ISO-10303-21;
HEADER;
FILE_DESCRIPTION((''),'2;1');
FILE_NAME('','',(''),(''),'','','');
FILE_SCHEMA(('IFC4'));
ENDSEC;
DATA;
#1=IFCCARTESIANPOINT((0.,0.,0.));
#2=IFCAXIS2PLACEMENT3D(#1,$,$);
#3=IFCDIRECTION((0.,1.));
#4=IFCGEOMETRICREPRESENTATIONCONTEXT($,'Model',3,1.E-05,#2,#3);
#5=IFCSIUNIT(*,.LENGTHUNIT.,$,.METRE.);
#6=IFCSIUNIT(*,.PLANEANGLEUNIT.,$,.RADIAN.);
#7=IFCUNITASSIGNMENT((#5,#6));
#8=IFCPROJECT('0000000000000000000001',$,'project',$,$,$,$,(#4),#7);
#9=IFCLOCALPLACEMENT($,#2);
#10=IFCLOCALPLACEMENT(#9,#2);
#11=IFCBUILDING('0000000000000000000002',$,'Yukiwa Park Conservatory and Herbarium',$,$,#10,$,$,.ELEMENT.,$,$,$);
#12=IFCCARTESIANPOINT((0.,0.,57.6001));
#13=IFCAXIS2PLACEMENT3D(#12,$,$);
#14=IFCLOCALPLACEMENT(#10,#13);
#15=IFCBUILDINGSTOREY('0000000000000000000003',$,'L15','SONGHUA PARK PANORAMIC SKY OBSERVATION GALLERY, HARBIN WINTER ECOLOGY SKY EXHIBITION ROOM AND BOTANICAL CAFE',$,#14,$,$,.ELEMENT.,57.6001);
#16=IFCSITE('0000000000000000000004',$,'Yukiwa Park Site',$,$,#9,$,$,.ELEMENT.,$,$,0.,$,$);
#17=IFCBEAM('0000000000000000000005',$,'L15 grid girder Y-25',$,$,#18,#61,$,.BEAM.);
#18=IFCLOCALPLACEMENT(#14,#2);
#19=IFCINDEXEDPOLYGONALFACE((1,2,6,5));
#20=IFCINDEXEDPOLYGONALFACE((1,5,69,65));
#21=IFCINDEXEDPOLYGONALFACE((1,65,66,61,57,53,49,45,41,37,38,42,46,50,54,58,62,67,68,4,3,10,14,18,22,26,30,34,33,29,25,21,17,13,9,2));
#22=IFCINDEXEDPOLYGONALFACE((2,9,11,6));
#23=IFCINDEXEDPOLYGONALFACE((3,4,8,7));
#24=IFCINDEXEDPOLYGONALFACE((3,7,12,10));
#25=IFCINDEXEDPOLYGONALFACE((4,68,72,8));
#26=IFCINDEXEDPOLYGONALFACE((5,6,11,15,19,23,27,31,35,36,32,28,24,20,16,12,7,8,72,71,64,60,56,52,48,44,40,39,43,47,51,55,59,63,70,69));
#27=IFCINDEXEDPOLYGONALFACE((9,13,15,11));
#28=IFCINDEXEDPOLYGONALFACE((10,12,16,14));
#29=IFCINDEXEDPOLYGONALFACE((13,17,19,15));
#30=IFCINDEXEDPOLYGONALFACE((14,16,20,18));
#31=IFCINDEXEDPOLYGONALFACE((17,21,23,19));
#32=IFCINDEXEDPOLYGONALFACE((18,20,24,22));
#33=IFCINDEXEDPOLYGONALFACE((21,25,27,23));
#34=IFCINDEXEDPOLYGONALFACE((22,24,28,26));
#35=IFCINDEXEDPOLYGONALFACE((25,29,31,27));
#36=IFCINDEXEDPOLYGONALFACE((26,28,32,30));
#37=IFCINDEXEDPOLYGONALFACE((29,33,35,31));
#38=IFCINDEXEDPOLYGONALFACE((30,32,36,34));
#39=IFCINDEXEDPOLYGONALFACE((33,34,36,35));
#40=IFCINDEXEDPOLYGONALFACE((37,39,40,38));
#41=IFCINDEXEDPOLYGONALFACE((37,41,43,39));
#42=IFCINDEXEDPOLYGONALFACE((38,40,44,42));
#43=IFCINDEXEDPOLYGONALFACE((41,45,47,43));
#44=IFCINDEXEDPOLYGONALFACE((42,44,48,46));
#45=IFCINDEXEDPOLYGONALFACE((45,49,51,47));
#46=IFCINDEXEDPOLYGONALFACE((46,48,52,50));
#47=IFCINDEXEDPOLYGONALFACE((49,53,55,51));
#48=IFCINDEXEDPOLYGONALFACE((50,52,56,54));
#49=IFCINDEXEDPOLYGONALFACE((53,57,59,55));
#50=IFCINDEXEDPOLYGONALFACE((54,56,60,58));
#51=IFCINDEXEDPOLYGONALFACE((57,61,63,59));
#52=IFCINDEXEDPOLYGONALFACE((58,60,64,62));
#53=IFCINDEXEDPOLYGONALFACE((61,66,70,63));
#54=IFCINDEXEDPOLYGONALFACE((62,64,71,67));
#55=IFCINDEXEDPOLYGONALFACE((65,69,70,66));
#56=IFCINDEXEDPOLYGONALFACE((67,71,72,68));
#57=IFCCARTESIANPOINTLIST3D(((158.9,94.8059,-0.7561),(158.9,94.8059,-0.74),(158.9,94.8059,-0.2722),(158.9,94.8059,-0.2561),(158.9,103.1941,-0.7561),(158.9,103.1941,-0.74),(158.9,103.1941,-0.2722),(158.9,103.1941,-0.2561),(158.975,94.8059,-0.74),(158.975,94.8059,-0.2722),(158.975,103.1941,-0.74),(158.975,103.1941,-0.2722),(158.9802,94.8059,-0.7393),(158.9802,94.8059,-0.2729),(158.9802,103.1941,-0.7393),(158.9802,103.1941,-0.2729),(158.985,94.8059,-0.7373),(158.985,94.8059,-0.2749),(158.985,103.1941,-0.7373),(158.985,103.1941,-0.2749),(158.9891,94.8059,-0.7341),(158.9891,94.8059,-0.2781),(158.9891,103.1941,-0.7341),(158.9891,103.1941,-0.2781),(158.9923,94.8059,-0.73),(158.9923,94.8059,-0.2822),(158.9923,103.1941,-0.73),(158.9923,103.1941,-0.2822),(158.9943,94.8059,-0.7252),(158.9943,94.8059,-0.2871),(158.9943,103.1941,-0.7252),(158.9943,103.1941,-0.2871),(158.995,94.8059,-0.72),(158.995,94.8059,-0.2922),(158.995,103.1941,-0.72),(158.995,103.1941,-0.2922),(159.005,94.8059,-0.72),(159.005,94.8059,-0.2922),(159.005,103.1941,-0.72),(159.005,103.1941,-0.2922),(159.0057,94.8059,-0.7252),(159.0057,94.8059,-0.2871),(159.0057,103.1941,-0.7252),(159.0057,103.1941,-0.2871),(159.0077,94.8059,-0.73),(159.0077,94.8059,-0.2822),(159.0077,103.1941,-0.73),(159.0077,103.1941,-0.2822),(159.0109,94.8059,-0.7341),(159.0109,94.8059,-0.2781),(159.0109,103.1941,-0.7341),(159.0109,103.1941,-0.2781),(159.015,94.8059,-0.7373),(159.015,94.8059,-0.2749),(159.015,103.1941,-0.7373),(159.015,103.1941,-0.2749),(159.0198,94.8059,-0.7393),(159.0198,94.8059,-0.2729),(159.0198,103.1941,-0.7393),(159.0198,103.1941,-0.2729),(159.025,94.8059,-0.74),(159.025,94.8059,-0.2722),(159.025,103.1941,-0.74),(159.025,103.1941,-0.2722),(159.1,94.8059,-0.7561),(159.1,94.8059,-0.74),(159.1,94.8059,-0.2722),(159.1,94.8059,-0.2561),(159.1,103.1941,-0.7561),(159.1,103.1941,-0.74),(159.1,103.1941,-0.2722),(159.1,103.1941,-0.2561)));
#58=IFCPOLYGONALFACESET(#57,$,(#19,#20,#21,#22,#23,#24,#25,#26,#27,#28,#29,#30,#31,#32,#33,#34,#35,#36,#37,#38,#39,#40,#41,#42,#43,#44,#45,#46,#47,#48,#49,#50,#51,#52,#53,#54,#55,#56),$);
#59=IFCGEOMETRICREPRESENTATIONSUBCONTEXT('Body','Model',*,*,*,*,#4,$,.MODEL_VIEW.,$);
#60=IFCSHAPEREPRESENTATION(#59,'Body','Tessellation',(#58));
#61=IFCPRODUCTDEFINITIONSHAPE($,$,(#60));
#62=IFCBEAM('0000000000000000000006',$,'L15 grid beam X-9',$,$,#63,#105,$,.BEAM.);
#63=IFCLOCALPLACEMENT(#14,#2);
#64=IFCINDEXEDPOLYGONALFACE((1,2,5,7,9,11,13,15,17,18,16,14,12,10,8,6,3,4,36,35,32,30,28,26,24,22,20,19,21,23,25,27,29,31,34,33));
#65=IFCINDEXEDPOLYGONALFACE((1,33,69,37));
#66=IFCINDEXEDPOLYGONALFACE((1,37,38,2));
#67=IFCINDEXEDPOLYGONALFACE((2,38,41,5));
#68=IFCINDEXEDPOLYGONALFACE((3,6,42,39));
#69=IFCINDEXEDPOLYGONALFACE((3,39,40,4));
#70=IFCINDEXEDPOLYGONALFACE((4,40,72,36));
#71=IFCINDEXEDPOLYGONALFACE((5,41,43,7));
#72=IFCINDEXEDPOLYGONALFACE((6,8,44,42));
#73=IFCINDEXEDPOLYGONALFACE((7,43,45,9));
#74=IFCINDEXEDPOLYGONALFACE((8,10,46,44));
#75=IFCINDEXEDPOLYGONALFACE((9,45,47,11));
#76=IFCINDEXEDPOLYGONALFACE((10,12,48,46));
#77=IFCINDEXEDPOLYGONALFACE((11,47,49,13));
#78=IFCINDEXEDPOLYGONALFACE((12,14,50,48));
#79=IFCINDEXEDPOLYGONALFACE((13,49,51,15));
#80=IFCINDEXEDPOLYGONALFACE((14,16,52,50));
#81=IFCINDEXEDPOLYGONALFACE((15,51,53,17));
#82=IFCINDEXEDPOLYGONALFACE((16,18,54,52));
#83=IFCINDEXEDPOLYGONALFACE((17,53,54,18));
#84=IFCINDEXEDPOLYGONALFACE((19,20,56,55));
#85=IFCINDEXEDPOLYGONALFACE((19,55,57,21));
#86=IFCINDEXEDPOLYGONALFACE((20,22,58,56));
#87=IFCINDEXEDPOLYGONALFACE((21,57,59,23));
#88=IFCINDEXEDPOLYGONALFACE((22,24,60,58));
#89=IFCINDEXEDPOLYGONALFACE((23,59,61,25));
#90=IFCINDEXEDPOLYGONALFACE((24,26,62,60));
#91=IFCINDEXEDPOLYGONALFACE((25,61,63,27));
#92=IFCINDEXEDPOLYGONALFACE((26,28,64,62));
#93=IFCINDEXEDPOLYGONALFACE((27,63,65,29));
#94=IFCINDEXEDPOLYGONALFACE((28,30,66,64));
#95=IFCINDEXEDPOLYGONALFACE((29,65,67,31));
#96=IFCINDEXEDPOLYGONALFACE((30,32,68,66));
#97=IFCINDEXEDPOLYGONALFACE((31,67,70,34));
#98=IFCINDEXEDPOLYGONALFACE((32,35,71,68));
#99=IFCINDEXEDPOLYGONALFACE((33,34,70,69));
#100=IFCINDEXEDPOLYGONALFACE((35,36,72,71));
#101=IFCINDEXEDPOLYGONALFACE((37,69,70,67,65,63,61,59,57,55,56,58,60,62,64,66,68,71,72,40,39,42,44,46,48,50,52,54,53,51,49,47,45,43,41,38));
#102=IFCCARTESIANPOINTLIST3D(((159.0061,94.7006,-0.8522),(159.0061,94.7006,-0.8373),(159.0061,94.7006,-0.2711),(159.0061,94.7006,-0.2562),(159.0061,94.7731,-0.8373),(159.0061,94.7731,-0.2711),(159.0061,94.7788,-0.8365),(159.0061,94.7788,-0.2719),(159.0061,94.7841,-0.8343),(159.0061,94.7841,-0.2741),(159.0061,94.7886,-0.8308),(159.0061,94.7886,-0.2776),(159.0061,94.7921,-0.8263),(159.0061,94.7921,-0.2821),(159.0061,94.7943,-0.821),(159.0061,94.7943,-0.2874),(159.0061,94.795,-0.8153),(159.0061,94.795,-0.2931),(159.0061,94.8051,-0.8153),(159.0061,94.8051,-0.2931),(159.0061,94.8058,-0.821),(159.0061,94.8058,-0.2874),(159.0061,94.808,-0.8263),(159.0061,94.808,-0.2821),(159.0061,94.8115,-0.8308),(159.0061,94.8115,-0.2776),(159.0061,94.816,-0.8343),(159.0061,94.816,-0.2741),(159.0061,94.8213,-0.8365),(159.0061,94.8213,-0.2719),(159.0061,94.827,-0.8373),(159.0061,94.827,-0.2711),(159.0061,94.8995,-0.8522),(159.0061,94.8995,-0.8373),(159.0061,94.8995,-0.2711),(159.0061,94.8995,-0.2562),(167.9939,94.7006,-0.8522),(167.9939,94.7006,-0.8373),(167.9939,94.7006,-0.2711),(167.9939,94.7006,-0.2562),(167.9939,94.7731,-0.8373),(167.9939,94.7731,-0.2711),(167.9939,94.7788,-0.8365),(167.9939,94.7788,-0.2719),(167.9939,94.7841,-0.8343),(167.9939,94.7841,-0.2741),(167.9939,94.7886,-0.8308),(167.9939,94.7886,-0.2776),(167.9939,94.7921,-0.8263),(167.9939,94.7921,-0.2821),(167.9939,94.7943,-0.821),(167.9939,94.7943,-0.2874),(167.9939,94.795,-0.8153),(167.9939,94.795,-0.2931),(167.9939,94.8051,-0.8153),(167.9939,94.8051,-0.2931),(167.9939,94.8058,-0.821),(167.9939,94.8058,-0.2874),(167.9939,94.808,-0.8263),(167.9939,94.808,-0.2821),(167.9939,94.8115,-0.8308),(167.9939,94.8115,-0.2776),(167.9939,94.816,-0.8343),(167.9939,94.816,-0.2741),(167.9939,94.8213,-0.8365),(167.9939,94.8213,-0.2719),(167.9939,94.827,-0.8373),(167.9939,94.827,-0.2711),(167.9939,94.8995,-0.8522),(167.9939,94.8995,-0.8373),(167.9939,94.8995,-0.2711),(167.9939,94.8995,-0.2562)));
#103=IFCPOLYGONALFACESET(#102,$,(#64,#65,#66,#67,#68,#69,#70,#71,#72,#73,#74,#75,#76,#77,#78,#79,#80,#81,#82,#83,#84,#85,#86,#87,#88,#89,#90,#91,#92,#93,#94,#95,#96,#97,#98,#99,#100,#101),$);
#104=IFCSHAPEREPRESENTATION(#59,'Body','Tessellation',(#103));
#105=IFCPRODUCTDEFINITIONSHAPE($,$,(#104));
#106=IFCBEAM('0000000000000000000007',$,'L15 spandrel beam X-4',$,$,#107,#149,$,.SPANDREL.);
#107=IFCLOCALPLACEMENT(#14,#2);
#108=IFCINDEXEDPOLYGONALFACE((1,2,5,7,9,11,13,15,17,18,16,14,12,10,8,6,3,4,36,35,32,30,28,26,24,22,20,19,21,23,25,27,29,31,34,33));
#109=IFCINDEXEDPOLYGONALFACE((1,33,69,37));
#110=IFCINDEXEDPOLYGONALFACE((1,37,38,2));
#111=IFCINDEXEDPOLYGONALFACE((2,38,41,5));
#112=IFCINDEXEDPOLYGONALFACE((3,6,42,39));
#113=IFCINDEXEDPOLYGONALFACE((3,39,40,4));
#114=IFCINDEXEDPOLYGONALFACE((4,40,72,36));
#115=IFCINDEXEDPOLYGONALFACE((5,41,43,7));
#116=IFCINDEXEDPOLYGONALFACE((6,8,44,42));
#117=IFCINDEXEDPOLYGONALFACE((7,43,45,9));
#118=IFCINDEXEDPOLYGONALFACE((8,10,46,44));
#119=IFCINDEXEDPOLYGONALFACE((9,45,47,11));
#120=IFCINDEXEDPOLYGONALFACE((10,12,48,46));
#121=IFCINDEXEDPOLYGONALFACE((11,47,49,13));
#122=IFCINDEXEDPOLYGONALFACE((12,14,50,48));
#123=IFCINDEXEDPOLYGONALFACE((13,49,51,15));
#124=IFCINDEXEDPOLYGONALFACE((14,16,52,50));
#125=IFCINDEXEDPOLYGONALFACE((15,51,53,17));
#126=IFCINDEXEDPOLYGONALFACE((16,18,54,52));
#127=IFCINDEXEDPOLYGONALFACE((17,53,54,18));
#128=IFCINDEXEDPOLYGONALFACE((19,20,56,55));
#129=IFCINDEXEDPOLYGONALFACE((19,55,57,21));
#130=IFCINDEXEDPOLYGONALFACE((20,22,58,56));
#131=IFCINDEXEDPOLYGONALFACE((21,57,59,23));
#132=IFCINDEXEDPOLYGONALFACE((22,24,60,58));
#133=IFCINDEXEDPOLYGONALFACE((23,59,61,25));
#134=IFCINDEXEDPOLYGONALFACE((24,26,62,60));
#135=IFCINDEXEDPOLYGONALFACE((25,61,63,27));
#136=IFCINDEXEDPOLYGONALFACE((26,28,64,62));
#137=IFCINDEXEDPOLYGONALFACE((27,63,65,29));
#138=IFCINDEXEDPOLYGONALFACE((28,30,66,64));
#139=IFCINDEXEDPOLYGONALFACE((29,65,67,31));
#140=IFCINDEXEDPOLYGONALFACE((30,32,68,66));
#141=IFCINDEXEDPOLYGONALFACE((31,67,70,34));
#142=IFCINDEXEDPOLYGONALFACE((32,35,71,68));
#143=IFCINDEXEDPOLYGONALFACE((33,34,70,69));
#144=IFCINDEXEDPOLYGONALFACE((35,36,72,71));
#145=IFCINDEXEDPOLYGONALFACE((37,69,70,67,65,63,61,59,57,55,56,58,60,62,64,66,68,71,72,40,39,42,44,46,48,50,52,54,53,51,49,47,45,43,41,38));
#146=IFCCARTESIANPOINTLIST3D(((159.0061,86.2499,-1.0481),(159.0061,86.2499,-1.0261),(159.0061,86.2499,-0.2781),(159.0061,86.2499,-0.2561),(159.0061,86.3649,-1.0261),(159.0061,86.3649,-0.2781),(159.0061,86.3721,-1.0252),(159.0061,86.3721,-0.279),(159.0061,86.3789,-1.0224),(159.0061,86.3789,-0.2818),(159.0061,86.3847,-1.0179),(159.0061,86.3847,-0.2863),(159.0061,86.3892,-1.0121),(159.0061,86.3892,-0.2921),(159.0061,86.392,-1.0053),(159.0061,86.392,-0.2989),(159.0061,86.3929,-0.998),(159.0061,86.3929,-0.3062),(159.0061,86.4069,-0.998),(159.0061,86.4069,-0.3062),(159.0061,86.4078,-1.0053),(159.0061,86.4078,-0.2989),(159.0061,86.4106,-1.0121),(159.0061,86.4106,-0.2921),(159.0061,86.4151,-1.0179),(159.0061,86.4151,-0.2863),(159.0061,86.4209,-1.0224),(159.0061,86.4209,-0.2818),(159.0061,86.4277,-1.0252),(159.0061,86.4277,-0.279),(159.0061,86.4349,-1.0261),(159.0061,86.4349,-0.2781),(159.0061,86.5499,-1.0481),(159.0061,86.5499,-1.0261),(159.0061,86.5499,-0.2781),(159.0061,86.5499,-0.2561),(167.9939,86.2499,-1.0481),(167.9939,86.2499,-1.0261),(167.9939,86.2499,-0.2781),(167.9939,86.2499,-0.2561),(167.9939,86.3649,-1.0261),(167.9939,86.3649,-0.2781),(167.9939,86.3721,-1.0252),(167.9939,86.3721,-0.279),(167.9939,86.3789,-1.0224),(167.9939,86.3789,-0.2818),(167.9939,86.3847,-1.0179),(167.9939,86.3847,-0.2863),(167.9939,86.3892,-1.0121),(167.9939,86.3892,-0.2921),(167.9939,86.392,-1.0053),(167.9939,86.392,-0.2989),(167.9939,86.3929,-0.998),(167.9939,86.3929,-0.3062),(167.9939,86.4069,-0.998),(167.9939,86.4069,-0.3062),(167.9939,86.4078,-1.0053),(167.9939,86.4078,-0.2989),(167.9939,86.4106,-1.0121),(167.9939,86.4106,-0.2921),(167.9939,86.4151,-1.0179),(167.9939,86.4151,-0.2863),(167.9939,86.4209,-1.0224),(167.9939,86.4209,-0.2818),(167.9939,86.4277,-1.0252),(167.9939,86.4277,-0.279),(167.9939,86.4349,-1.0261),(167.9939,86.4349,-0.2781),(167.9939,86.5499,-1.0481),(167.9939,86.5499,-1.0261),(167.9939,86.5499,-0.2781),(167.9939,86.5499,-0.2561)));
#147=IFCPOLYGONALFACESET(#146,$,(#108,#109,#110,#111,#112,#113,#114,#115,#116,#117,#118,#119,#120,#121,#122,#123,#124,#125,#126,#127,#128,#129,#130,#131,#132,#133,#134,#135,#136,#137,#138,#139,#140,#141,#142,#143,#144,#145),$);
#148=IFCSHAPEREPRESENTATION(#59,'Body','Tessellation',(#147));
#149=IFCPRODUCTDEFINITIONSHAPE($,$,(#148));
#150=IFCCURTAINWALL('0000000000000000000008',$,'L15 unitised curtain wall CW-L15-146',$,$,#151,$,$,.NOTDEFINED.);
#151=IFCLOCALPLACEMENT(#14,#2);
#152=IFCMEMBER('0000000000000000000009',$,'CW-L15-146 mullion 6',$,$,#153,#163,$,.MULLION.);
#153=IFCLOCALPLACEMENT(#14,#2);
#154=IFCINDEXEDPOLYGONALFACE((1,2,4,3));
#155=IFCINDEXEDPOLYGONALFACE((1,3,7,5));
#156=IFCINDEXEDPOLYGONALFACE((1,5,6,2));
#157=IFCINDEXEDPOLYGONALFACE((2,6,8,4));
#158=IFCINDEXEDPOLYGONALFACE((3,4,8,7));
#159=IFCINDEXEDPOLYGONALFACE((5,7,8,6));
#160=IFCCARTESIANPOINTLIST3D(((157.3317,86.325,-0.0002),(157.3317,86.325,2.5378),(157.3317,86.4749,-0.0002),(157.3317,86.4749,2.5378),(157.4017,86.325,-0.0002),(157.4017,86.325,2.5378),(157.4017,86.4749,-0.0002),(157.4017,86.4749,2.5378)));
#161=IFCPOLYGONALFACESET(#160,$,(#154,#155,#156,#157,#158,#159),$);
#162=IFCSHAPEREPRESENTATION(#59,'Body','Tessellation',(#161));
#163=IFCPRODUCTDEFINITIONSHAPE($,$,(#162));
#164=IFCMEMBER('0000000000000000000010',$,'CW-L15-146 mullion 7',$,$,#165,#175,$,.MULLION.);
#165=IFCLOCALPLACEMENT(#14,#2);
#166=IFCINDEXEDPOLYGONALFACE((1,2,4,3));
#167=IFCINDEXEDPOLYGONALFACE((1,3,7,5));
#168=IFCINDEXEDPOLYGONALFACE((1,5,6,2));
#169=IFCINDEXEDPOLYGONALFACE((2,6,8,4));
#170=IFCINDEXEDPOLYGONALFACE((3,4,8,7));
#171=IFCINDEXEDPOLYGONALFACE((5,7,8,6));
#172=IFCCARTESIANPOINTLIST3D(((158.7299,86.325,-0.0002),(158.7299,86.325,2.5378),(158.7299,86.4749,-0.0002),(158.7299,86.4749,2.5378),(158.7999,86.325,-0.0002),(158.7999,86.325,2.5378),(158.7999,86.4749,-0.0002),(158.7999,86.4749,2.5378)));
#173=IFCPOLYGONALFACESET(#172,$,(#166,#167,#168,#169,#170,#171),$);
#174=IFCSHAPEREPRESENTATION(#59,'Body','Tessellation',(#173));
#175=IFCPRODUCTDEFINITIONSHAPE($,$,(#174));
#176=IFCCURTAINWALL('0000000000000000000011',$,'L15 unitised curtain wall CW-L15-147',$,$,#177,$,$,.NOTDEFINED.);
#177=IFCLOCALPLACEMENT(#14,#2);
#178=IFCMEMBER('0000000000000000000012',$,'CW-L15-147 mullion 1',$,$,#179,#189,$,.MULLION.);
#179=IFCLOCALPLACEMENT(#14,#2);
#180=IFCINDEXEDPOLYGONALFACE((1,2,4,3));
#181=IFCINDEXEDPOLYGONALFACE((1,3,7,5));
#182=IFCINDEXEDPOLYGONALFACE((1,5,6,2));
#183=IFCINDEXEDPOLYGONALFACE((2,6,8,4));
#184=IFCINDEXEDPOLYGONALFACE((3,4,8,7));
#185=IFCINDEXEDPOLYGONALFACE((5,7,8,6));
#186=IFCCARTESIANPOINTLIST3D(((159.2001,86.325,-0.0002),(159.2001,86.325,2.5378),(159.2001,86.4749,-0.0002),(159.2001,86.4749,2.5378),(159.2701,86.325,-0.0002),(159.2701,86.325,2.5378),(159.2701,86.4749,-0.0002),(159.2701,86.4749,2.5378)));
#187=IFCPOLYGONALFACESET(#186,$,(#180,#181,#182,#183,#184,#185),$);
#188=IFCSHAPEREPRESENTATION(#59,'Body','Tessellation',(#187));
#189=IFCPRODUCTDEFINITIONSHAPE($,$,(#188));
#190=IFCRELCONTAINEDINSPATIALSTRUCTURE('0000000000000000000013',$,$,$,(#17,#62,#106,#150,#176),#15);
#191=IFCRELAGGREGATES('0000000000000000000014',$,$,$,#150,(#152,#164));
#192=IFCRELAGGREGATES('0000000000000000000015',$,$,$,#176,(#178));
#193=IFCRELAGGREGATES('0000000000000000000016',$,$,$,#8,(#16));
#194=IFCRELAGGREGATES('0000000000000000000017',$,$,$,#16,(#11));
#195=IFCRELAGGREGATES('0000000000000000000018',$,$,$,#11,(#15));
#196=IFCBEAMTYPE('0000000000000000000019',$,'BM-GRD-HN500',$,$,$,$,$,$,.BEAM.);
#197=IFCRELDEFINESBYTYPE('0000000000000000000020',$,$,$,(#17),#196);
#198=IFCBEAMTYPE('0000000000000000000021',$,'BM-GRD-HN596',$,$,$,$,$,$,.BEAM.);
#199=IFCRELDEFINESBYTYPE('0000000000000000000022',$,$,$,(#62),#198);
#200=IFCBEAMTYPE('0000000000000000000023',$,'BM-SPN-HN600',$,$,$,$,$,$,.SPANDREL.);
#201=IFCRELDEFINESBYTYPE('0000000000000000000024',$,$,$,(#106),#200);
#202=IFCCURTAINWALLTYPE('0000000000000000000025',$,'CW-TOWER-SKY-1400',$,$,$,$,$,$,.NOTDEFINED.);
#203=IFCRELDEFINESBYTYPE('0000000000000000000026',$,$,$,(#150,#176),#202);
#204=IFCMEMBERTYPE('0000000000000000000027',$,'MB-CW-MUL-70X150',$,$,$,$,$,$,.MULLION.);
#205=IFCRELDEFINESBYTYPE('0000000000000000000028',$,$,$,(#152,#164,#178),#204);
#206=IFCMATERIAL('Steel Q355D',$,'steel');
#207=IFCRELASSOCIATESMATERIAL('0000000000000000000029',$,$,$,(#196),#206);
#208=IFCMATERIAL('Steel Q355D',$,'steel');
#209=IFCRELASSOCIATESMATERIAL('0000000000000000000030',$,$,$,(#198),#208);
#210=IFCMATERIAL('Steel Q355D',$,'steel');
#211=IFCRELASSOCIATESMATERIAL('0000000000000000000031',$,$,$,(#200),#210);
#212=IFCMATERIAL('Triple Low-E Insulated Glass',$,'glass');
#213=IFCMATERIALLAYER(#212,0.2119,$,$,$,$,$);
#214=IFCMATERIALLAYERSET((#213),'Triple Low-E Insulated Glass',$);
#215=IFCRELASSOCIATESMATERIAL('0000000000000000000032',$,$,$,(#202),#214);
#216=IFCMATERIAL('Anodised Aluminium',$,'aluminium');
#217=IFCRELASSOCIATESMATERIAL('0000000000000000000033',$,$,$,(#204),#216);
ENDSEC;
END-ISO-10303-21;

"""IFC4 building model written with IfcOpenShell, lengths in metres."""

from ifc_helpers import new_model, si_unit, direction, frame, origin, origin_2d, place, context, subcontext, project, spatial, rectangle, i_section, extrude, material, layer, layer_set, material_profile, profile_set, type_object, element, aggregate, save


model = new_model("IFC4")

# Units and contexts
model_context = context("Model", 3, precision=1e-05, world=origin(), true_north=direction((0.0, 1.0)))
body_context = subcontext(model_context, "Body", "Model", "MODEL_VIEW")
ifc_project = project(units=[si_unit("LENGTHUNIT", "METRE"), si_unit("PLANEANGLEUNIT", "RADIAN")], contexts=[model_context])

# Site, building, storey
site_placement = place(None, origin())
site = spatial("IfcSite", under=ifc_project, at=site_placement, Name="Yukiwa Park Site", CompositionType="ELEMENT", RefElevation=0.0)
building_placement = place(site_placement, origin())
building = spatial("IfcBuilding", under=site, at=building_placement, Name="Yukiwa Park Conservatory and Herbarium", CompositionType="ELEMENT")
storey_placement = place(building_placement, frame((0.0, 0.0, 57.6001)))
storey = spatial("IfcBuildingStorey", under=building, at=storey_placement, Name="L15", Description="SONGHUA PARK PANORAMIC SKY OBSERVATION GALLERY, HARBIN WINTER ECOLOGY SKY EXHIBITION ROOM AND BOTANICAL CAFE", CompositionType="ELEMENT", Elevation=57.6001)

# Beams
ifc_material_1 = material(Name="Steel Q355D", Category="steel")
ifc_material_profile_1 = material_profile(ifc_material_1, i_section(OverallWidth=0.2, OverallDepth=0.5, WebThickness=0.01, FlangeThickness=0.0161, FilletRadius=0.02, at=origin_2d()), Name="HN 500x200x10x16")
ifc_profile_set_1 = profile_set([ifc_material_profile_1], Name="Steel Q355D")
beam_type_1 = type_object("IfcBeamType", Name="BM-GRD-HN500", PredefinedType="BEAM", material=ifc_profile_set_1)
beam_1_placement = place(storey_placement, frame((159.0, 94.8059, -0.5061), z_axis=(0.0, 1.0, 0.0), x_axis=(-1.0, 0.0, 0.0)))
element("IfcBeam", 1, at=beam_1_placement, inside=storey, type_object=beam_type_1, Name="L15 grid girder Y-25", PredefinedType="BEAM", context=body_context, shape_type="SweptSolid", body=[
    extrude(i_section(OverallWidth=0.2, OverallDepth=0.5, WebThickness=0.01, FlangeThickness=0.0161, FilletRadius=0.02, at=origin_2d()), origin(), (0.0, 0.0, 1.0), 8.3882),
])
ifc_material_2 = material(Name="Steel Q355D", Category="steel")
ifc_material_profile_2 = material_profile(ifc_material_2, i_section(OverallWidth=0.199, OverallDepth=0.5959, WebThickness=0.01, FlangeThickness=0.0149, FilletRadius=0.022, at=origin_2d()), Name="HN 596x199x10x15")
ifc_profile_set_2 = profile_set([ifc_material_profile_2], Name="Steel Q355D")
beam_type_2 = type_object("IfcBeamType", Name="BM-GRD-HN596", PredefinedType="BEAM", material=ifc_profile_set_2)
beam_2_placement = place(storey_placement, frame((159.0061, 94.8, -0.5542), z_axis=(1.0, 0.0, 0.0), x_axis=(0.0, 1.0, 0.0)))
element("IfcBeam", 2, at=beam_2_placement, inside=storey, type_object=beam_type_2, Name="L15 grid beam X-9", PredefinedType="BEAM", context=body_context, shape_type="SweptSolid", body=[
    extrude(i_section(OverallWidth=0.199, OverallDepth=0.5959, WebThickness=0.01, FlangeThickness=0.0149, FilletRadius=0.022, at=origin_2d()), origin(), (0.0, 0.0, 1.0), 8.9878),
])
ifc_material_3 = material(Name="Steel Q355D", Category="steel")
ifc_material_profile_3 = material_profile(ifc_material_3, i_section(OverallWidth=0.3, OverallDepth=0.792, WebThickness=0.0139, FlangeThickness=0.022, FilletRadius=0.0281, at=origin_2d()), Name="HN 792x300x14x22")
ifc_profile_set_3 = profile_set([ifc_material_profile_3], Name="Steel Q355D")
beam_type_3 = type_object("IfcBeamType", Name="BM-SPN-HN600", PredefinedType="SPANDREL", material=ifc_profile_set_3)
beam_3_placement = place(storey_placement, frame((159.0061, 86.3999, -0.6521), z_axis=(1.0, 0.0, 0.0), x_axis=(0.0, 1.0, 0.0)))
element("IfcBeam", 3, at=beam_3_placement, inside=storey, type_object=beam_type_3, Name="L15 spandrel beam X-4", PredefinedType="SPANDREL", context=body_context, shape_type="SweptSolid", body=[
    extrude(i_section(OverallWidth=0.3, OverallDepth=0.792, WebThickness=0.0139, FlangeThickness=0.022, FilletRadius=0.0281, at=origin_2d()), origin(), (0.0, 0.0, 1.0), 8.9878),
])

# Curtain walls, members
ifc_material_4 = material(Name="Triple Low-E Insulated Glass", Category="glass")
ifc_layer_1 = layer(ifc_material_4, 0.2119)
ifc_layer_set_1 = layer_set([ifc_layer_1], Name="Triple Low-E Insulated Glass")
curtain_wall_type = type_object("IfcCurtainWallType", Name="CW-TOWER-SKY-1400", PredefinedType="NOTDEFINED", material=ifc_layer_set_1)
curtain_wall_1_placement = place(storey_placement, origin())
curtain_wall_1 = element("IfcCurtainWall", 4, at=curtain_wall_1_placement, inside=storey, type_object=curtain_wall_type, Name="L15 unitised curtain wall CW-L15-146", PredefinedType="NOTDEFINED")
ifc_material_5 = material(Name="Anodised Aluminium", Category="aluminium")
member_type_1 = type_object("IfcMemberType", Name="MB-CW-MUL-70X150", PredefinedType="MULLION", material=ifc_material_5)
member_1_placement = place(storey_placement, frame((157.3667, 86.3999, -0.0002), z_axis=(0.0, 0.0, 1.0), x_axis=(1.0, 0.0, 0.0)))
member_1 = element("IfcMember", 5, at=member_1_placement, type_object=member_type_1, Name="CW-L15-146 mullion 6", PredefinedType="MULLION", context=body_context, shape_type="SweptSolid", body=[
    extrude(rectangle(XDim=0.0701, YDim=0.1499, at=origin_2d()), origin(), (0.0, 0.0, 1.0), 2.5381),
])
member_2_placement = place(storey_placement, frame((158.7649, 86.3999, -0.0002), z_axis=(0.0, 0.0, 1.0), x_axis=(1.0, 0.0, 0.0)))
member_2 = element("IfcMember", 6, at=member_2_placement, type_object=member_type_1, Name="CW-L15-146 mullion 7", PredefinedType="MULLION", context=body_context, shape_type="SweptSolid", body=[
    extrude(rectangle(XDim=0.0701, YDim=0.1499, at=origin_2d()), origin(), (0.0, 0.0, 1.0), 2.5381),
])
curtain_wall_2_placement = place(storey_placement, origin())
curtain_wall_2 = element("IfcCurtainWall", 7, at=curtain_wall_2_placement, inside=storey, type_object=curtain_wall_type, Name="L15 unitised curtain wall CW-L15-147", PredefinedType="NOTDEFINED")
member_3_placement = place(storey_placement, frame((159.2351, 86.3999, -0.0002), z_axis=(0.0, 0.0, 1.0), x_axis=(1.0, 0.0, 0.0)))
member_3 = element("IfcMember", 8, at=member_3_placement, type_object=member_type_1, Name="CW-L15-147 mullion 1", PredefinedType="MULLION", context=body_context, shape_type="SweptSolid", body=[
    extrude(rectangle(XDim=0.0701, YDim=0.1499, at=origin_2d()), origin(), (0.0, 0.0, 1.0), 2.5381),
])

aggregate(curtain_wall_1, [member_1, member_2])
aggregate(curtain_wall_2, [member_3])

save(model, "model.ifc")
